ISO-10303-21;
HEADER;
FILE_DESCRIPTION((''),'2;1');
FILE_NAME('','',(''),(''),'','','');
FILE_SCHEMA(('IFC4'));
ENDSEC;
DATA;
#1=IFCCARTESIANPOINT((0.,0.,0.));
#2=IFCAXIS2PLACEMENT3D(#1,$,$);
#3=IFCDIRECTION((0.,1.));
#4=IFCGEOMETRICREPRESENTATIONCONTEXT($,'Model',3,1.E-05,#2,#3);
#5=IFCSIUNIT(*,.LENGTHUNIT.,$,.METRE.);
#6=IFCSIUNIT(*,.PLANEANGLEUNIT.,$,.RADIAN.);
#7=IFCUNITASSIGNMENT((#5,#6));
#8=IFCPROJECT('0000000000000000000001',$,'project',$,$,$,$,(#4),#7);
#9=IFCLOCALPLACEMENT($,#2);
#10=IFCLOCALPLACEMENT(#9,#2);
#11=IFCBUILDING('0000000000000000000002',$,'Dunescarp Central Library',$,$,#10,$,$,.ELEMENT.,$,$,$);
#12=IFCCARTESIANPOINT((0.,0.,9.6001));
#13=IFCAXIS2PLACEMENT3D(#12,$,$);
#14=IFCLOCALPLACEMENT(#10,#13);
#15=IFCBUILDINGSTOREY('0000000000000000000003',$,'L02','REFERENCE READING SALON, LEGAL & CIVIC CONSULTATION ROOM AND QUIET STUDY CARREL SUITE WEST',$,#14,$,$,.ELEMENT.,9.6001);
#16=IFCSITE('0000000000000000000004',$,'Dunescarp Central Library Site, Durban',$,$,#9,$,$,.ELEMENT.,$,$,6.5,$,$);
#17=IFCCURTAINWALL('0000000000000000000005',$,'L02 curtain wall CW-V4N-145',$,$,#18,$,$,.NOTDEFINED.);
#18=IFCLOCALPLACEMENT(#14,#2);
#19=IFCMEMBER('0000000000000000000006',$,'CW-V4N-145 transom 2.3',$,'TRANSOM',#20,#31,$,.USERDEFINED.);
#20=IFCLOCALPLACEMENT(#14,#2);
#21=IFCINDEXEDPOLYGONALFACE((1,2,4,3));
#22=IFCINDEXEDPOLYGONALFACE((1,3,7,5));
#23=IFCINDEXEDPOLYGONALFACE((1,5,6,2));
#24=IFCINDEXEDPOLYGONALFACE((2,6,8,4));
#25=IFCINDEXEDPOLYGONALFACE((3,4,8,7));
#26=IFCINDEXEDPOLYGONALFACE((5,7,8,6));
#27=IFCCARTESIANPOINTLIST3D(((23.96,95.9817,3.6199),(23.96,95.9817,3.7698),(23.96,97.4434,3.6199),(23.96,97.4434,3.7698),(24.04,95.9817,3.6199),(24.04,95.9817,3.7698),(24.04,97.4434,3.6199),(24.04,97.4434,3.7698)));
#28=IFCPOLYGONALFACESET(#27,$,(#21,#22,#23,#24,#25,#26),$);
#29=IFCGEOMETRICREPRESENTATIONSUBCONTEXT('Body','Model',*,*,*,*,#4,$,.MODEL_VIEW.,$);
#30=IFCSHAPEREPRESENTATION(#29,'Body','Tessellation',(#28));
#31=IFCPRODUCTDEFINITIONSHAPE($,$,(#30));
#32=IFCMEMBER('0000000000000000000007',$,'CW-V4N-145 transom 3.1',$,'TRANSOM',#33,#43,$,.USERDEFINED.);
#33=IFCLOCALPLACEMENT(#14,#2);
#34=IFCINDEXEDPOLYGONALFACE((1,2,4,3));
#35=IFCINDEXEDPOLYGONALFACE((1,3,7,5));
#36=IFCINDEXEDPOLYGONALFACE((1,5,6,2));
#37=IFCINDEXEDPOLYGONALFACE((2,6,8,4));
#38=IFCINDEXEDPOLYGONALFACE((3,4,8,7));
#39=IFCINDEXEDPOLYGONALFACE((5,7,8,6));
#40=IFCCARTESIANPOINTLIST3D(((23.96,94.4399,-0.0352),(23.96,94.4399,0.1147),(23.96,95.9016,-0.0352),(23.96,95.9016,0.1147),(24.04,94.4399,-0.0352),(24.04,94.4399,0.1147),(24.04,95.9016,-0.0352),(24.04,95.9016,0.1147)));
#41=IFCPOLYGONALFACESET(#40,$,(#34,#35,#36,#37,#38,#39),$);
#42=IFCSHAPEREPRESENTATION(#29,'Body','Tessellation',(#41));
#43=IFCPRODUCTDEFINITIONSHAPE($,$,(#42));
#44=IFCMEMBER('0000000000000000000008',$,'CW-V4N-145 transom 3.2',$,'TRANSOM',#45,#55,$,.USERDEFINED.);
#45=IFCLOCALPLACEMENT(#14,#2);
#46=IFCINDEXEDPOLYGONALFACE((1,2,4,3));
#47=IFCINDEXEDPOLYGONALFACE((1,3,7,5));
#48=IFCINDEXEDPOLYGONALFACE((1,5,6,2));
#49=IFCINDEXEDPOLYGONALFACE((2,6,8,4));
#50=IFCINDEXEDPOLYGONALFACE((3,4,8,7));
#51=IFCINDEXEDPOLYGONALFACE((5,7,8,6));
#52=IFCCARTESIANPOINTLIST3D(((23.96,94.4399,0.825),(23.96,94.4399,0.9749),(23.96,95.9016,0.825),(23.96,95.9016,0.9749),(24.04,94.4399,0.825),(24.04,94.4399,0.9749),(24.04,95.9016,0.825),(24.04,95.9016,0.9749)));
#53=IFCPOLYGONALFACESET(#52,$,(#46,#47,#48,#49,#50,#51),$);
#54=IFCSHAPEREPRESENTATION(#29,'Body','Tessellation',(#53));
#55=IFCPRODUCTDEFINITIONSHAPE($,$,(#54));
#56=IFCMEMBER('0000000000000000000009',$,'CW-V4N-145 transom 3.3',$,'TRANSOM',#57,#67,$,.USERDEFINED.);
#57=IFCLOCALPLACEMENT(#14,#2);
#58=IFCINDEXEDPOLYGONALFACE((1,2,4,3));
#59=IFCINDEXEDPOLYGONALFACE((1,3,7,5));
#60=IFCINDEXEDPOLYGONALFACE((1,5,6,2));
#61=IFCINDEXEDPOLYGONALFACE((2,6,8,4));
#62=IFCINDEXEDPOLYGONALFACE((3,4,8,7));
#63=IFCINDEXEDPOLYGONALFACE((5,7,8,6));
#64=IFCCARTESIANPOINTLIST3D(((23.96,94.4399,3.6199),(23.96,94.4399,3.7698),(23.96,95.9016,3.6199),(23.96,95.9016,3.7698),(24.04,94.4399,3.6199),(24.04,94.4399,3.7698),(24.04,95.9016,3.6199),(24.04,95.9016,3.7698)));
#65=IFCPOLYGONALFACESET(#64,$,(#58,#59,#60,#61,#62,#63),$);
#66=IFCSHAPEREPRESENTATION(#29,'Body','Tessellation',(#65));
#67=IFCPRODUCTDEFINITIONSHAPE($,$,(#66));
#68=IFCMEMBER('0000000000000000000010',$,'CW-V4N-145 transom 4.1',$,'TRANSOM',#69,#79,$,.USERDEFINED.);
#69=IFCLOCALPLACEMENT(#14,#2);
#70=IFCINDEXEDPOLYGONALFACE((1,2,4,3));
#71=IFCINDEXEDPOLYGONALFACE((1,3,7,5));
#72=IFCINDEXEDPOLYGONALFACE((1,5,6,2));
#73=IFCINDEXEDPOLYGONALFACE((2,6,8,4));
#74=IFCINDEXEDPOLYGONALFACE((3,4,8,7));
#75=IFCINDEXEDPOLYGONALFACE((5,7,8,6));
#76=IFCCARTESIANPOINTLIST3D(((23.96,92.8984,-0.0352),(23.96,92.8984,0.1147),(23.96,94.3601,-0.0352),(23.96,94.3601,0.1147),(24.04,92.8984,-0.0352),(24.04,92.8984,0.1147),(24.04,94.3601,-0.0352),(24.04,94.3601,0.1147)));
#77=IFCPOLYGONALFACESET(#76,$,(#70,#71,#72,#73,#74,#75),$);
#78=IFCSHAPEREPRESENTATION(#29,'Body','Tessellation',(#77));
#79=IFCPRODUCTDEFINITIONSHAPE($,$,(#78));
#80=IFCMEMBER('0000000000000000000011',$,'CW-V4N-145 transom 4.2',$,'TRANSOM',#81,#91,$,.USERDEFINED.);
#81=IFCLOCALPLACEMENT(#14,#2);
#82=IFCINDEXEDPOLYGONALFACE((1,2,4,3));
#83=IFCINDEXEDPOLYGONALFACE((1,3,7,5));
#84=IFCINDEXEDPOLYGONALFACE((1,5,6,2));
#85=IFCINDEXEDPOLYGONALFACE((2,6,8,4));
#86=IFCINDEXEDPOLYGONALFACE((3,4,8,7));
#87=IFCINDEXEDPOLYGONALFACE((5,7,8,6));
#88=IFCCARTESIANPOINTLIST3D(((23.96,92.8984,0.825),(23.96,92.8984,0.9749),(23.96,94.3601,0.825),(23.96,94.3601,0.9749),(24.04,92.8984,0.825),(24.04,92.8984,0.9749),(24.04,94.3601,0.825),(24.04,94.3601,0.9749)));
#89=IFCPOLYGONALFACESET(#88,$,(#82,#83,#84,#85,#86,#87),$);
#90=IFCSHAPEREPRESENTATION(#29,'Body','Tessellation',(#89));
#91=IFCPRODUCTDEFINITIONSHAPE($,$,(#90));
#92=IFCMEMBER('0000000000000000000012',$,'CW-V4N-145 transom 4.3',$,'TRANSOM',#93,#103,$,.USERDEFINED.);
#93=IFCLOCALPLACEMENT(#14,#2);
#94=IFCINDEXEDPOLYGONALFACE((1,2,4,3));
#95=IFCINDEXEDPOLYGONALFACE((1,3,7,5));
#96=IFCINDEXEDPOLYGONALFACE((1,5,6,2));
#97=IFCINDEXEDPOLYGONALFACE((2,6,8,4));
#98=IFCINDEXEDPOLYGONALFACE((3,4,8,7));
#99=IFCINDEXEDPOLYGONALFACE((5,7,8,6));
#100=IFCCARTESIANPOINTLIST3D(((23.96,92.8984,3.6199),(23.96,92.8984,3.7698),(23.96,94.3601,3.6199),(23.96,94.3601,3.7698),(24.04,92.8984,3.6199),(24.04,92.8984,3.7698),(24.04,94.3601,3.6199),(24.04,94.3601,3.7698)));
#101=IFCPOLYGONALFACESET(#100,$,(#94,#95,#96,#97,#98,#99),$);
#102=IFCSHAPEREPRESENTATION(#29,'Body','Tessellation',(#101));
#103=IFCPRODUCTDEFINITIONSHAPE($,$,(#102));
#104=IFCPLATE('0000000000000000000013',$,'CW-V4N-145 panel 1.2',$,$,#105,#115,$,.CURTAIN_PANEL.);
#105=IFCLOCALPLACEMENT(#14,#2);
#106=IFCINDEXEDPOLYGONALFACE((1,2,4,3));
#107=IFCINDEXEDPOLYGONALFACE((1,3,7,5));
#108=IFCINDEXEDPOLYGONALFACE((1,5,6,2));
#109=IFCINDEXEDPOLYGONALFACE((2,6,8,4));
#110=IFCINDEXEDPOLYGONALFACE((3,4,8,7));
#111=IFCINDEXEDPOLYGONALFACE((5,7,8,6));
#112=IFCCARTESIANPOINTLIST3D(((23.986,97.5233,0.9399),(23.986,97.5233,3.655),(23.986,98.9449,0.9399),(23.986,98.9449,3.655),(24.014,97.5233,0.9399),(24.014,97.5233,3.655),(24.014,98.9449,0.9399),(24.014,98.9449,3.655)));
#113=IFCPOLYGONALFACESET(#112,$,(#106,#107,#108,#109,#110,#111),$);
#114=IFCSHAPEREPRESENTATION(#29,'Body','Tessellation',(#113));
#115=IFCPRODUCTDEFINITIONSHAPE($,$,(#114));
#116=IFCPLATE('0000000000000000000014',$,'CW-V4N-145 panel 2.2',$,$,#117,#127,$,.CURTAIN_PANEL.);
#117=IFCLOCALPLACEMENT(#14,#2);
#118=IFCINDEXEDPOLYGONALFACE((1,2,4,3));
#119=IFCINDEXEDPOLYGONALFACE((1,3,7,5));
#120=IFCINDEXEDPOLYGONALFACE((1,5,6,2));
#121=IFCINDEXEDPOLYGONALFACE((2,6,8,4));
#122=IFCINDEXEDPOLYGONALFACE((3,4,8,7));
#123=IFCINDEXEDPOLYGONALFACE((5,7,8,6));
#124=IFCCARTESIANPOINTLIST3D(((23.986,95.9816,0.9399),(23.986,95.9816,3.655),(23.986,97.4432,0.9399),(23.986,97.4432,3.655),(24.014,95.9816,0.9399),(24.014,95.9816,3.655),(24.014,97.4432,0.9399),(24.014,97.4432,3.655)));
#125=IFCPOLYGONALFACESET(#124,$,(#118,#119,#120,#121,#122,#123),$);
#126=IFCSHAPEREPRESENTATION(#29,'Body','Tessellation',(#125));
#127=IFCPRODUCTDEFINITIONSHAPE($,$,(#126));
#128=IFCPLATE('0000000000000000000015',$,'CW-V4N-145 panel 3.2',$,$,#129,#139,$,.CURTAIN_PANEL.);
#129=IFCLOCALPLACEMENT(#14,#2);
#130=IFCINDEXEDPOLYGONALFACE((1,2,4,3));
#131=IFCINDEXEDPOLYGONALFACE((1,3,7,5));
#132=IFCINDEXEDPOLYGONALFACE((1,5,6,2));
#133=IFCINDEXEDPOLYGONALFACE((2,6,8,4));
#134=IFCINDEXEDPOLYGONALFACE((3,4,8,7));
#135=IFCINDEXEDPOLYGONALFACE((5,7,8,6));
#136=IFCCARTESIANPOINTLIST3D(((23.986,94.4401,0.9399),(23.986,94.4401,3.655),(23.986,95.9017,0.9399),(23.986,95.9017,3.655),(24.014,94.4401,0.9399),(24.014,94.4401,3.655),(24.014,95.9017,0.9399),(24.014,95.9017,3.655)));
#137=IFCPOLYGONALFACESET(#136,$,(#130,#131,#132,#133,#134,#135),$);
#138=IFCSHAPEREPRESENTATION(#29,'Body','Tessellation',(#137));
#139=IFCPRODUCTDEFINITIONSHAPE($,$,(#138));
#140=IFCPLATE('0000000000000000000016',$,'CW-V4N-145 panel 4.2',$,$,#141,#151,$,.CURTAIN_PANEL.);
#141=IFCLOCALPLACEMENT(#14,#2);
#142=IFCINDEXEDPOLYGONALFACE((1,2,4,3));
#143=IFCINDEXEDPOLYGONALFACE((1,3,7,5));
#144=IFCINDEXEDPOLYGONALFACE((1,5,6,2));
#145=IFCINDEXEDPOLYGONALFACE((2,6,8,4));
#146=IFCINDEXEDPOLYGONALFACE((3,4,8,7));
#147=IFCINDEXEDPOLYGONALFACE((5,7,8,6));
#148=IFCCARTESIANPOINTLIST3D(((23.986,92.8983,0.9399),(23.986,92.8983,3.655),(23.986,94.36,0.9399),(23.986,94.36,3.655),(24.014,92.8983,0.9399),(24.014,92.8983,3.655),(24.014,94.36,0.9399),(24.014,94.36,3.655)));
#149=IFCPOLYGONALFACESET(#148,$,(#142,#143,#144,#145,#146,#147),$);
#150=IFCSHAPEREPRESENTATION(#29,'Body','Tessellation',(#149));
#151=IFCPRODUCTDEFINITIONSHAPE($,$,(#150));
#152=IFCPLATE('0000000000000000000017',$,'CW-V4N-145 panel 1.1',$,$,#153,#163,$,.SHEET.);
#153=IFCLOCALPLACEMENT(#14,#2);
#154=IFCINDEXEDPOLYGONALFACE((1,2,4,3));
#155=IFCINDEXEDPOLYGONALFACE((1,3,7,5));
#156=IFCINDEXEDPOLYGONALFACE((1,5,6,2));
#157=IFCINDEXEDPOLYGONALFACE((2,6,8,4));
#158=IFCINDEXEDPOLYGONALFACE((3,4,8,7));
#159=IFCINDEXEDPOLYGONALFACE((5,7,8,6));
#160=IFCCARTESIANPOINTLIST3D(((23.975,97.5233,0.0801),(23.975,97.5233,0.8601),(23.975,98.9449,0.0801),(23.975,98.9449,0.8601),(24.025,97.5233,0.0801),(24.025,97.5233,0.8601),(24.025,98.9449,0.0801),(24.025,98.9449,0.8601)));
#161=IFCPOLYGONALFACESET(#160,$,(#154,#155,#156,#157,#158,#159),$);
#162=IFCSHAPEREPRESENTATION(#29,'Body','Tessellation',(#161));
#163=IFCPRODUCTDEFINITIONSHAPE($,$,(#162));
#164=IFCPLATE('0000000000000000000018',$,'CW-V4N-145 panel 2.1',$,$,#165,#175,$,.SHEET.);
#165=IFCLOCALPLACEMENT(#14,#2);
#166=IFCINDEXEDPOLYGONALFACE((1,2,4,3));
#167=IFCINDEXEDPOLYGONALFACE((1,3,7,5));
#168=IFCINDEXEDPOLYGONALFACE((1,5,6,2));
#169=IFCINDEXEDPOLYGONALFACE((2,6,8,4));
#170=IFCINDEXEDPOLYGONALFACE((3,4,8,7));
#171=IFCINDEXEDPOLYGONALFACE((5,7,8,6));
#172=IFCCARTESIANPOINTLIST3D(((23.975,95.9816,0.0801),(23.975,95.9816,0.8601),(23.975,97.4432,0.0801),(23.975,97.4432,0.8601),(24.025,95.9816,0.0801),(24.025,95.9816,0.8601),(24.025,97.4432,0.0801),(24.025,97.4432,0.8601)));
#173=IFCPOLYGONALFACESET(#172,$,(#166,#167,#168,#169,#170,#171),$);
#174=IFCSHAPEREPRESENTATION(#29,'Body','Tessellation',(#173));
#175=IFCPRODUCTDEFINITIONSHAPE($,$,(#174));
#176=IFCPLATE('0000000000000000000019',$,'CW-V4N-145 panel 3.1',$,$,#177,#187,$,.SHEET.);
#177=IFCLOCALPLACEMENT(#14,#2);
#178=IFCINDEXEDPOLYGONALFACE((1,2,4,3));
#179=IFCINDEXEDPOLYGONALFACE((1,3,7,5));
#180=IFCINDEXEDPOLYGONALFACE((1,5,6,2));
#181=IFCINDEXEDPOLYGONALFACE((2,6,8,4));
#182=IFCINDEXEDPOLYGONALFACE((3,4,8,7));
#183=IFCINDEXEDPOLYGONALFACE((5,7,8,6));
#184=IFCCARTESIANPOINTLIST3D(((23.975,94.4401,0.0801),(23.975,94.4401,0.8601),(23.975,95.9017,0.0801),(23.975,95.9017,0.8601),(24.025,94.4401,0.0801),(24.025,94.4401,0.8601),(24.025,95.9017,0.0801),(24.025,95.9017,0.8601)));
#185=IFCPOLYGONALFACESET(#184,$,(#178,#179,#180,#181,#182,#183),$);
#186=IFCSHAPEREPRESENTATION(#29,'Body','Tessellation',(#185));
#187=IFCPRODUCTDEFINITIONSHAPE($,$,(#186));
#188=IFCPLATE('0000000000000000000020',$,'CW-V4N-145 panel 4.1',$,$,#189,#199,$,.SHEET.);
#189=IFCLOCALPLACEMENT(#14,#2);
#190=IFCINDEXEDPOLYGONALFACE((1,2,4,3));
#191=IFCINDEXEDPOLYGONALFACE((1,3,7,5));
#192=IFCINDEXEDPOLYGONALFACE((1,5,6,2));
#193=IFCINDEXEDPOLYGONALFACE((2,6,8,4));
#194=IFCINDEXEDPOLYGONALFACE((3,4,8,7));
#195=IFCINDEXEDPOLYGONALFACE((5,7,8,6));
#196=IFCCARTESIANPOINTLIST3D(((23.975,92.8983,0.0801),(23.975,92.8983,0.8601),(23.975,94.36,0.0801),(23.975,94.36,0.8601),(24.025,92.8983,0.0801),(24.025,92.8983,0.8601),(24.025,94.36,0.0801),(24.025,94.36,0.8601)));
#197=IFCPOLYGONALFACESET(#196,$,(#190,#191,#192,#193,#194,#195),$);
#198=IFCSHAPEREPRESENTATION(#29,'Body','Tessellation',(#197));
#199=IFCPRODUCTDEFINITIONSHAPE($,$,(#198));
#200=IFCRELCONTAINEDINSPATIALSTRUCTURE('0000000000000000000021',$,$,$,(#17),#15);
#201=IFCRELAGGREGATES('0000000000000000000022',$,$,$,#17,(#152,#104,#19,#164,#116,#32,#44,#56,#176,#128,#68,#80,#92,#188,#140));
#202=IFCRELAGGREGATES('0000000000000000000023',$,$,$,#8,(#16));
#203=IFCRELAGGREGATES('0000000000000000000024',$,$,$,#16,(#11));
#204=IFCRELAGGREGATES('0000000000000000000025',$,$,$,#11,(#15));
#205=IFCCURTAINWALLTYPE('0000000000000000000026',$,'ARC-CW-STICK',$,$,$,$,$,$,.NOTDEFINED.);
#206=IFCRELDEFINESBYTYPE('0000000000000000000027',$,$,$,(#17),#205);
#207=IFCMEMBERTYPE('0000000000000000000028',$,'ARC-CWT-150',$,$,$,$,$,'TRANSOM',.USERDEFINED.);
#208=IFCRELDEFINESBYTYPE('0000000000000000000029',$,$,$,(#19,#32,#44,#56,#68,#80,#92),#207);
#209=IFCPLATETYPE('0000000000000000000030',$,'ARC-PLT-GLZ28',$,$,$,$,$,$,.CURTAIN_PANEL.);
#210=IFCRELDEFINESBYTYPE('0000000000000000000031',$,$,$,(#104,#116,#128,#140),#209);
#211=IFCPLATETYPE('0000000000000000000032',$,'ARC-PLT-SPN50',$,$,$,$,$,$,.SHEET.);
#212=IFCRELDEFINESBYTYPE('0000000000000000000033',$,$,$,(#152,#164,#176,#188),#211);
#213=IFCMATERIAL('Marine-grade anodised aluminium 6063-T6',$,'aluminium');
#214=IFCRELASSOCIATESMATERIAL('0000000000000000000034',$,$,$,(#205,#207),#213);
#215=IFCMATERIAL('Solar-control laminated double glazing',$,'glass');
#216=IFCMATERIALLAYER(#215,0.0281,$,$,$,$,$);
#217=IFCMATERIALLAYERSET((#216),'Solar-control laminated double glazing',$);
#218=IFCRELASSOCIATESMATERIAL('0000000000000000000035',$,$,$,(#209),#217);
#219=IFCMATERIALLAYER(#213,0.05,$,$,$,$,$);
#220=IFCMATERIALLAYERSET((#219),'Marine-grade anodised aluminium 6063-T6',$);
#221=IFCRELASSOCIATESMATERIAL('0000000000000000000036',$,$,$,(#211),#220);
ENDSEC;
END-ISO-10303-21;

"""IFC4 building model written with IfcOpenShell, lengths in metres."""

from ifc_helpers import new_model, si_unit, direction, frame, origin, origin_2d, place, context, subcontext, project, spatial, rectangle, extrude, material, layer, layer_set, material_profile, profile_set, type_object, element, aggregate, save


model = new_model("IFC4")

# Units and contexts
model_context = context("Model", 3, precision=1e-05, world=origin(), true_north=direction((0.0, 1.0)))
body_context = subcontext(model_context, "Body", "Model", "MODEL_VIEW")
ifc_project = project(units=[si_unit("LENGTHUNIT", "METRE"), si_unit("PLANEANGLEUNIT", "RADIAN")], contexts=[model_context])

# Site, building, storey
site_placement = place(None, origin())
site = spatial("IfcSite", under=ifc_project, at=site_placement, Name="Dunescarp Central Library Site, Durban", CompositionType="ELEMENT", RefElevation=6.5)
building_placement = place(site_placement, origin())
building = spatial("IfcBuilding", under=site, at=building_placement, Name="Dunescarp Central Library", CompositionType="ELEMENT")
storey_placement = place(building_placement, frame((0.0, 0.0, 9.6001)))
storey = spatial("IfcBuildingStorey", under=building, at=storey_placement, Name="L02", Description="REFERENCE READING SALON, LEGAL & CIVIC CONSULTATION ROOM AND QUIET STUDY CARREL SUITE WEST", CompositionType="ELEMENT", Elevation=9.6001)

# Shared definitions
ifc_material_1 = material(Name="Marine-grade anodised aluminium 6063-T6", Category="aluminium")
curtain_wall_type = type_object("IfcCurtainWallType", Name="ARC-CW-STICK", PredefinedType="NOTDEFINED", material=ifc_material_1)

# Curtain wall
curtain_wall_1_placement = place(storey_placement, origin())
curtain_wall_1 = element("IfcCurtainWall", 1, at=curtain_wall_1_placement, inside=storey, type_object=curtain_wall_type, Name="L02 curtain wall CW-V4N-145", PredefinedType="NOTDEFINED")

# Members
ifc_material_profile_1 = material_profile(ifc_material_1, rectangle(XDim=0.0801, YDim=0.1499, at=origin_2d()), Name="AL 80x150")
ifc_profile_set_1 = profile_set([ifc_material_profile_1], Name="Marine-grade anodised aluminium 6063-T6")
member_type_1 = type_object("IfcMemberType", Name="ARC-CWT-150", ElementType="TRANSOM", PredefinedType="USERDEFINED", material=ifc_profile_set_1)
member_1_placement = place(storey_placement, frame((24.0, 97.4434, 3.6948), z_axis=(0.0, -1.0, 0.0), x_axis=(1.0, 0.0, 0.0)))
member_1 = element("IfcMember", 2, at=member_1_placement, type_object=member_type_1, Name="CW-V4N-145 transom 2.3", ObjectType="TRANSOM", PredefinedType="USERDEFINED", context=body_context, shape_type="SweptSolid", body=[
    extrude(rectangle(XDim=0.0801, YDim=0.1499, at=origin_2d()), origin(), (0.0, 0.0, 1.0), 1.4617),
])
member_2_placement = place(storey_placement, frame((24.0, 95.9016, 0.0398), z_axis=(0.0, -1.0, 0.0), x_axis=(1.0, 0.0, 0.0)))
member_2 = element("IfcMember", 3, at=member_2_placement, type_object=member_type_1, Name="CW-V4N-145 transom 3.1", ObjectType="TRANSOM", PredefinedType="USERDEFINED", context=body_context, shape_type="SweptSolid", body=[
    extrude(rectangle(XDim=0.0801, YDim=0.1499, at=origin_2d()), origin(), (0.0, 0.0, 1.0), 1.4617),
])
member_3_placement = place(storey_placement, frame((24.0, 95.9016, 0.8999), z_axis=(0.0, -1.0, 0.0), x_axis=(1.0, 0.0, 0.0)))
member_3 = element("IfcMember", 4, at=member_3_placement, type_object=member_type_1, Name="CW-V4N-145 transom 3.2", ObjectType="TRANSOM", PredefinedType="USERDEFINED", context=body_context, shape_type="SweptSolid", body=[
    extrude(rectangle(XDim=0.0801, YDim=0.1499, at=origin_2d()), origin(), (0.0, 0.0, 1.0), 1.4617),
])
member_4_placement = place(storey_placement, frame((24.0, 95.9016, 3.6948), z_axis=(0.0, -1.0, 0.0), x_axis=(1.0, 0.0, 0.0)))
member_4 = element("IfcMember", 5, at=member_4_placement, type_object=member_type_1, Name="CW-V4N-145 transom 3.3", ObjectType="TRANSOM", PredefinedType="USERDEFINED", context=body_context, shape_type="SweptSolid", body=[
    extrude(rectangle(XDim=0.0801, YDim=0.1499, at=origin_2d()), origin(), (0.0, 0.0, 1.0), 1.4617),
])
member_5_placement = place(storey_placement, frame((24.0, 94.3601, 0.0398), z_axis=(0.0, -1.0, 0.0), x_axis=(1.0, 0.0, 0.0)))
member_5 = element("IfcMember", 6, at=member_5_placement, type_object=member_type_1, Name="CW-V4N-145 transom 4.1", ObjectType="TRANSOM", PredefinedType="USERDEFINED", context=body_context, shape_type="SweptSolid", body=[
    extrude(rectangle(XDim=0.0801, YDim=0.1499, at=origin_2d()), origin(), (0.0, 0.0, 1.0), 1.4617),
])
member_6_placement = place(storey_placement, frame((24.0, 94.3601, 0.8999), z_axis=(0.0, -1.0, 0.0), x_axis=(1.0, 0.0, 0.0)))
member_6 = element("IfcMember", 7, at=member_6_placement, type_object=member_type_1, Name="CW-V4N-145 transom 4.2", ObjectType="TRANSOM", PredefinedType="USERDEFINED", context=body_context, shape_type="SweptSolid", body=[
    extrude(rectangle(XDim=0.0801, YDim=0.1499, at=origin_2d()), origin(), (0.0, 0.0, 1.0), 1.4617),
])
member_7_placement = place(storey_placement, frame((24.0, 94.3601, 3.6948), z_axis=(0.0, -1.0, 0.0), x_axis=(1.0, 0.0, 0.0)))
member_7 = element("IfcMember", 8, at=member_7_placement, type_object=member_type_1, Name="CW-V4N-145 transom 4.3", ObjectType="TRANSOM", PredefinedType="USERDEFINED", context=body_context, shape_type="SweptSolid", body=[
    extrude(rectangle(XDim=0.0801, YDim=0.1499, at=origin_2d()), origin(), (0.0, 0.0, 1.0), 1.4617),
])

# Plates
ifc_material_2 = material(Name="Solar-control laminated double glazing", Category="glass")
ifc_layer_1 = layer(ifc_material_2, 0.0281)
ifc_layer_set_1 = layer_set([ifc_layer_1], Name="Solar-control laminated double glazing")
plate_type_1 = type_object("IfcPlateType", Name="ARC-PLT-GLZ28", PredefinedType="CURTAIN_PANEL", material=ifc_layer_set_1)
plate_1_placement = place(storey_placement, frame((24.0, 98.2341, 0.9399), z_axis=(0.0, 0.0, 1.0), x_axis=(0.0, -1.0, 0.0)))
plate_1 = element("IfcPlate", 9, at=plate_1_placement, type_object=plate_type_1, Name="CW-V4N-145 panel 1.2", PredefinedType="CURTAIN_PANEL", context=body_context, shape_type="SweptSolid", body=[
    extrude(rectangle(XDim=1.4216, YDim=0.0281, at=origin_2d()), origin(), (0.0, 0.0, 1.0), 2.7151),
])
plate_2_placement = place(storey_placement, frame((24.0, 96.7124, 0.9399), z_axis=(0.0, 0.0, 1.0), x_axis=(0.0, -1.0, 0.0)))
plate_2 = element("IfcPlate", 10, at=plate_2_placement, type_object=plate_type_1, Name="CW-V4N-145 panel 2.2", PredefinedType="CURTAIN_PANEL", context=body_context, shape_type="SweptSolid", body=[
    extrude(rectangle(XDim=1.4617, YDim=0.0281, at=origin_2d()), origin(), (0.0, 0.0, 1.0), 2.7151),
])
plate_3_placement = place(storey_placement, frame((24.0, 95.1709, 0.9399), z_axis=(0.0, 0.0, 1.0), x_axis=(0.0, -1.0, 0.0)))
plate_3 = element("IfcPlate", 11, at=plate_3_placement, type_object=plate_type_1, Name="CW-V4N-145 panel 3.2", PredefinedType="CURTAIN_PANEL", context=body_context, shape_type="SweptSolid", body=[
    extrude(rectangle(XDim=1.4617, YDim=0.0281, at=origin_2d()), origin(), (0.0, 0.0, 1.0), 2.7151),
])
plate_4_placement = place(storey_placement, frame((24.0, 93.6292, 0.9399), z_axis=(0.0, 0.0, 1.0), x_axis=(0.0, -1.0, 0.0)))
plate_4 = element("IfcPlate", 12, at=plate_4_placement, type_object=plate_type_1, Name="CW-V4N-145 panel 4.2", PredefinedType="CURTAIN_PANEL", context=body_context, shape_type="SweptSolid", body=[
    extrude(rectangle(XDim=1.4617, YDim=0.0281, at=origin_2d()), origin(), (0.0, 0.0, 1.0), 2.7151),
])
ifc_layer_2 = layer(ifc_material_1, 0.05)
ifc_layer_set_2 = layer_set([ifc_layer_2], Name="Marine-grade anodised aluminium 6063-T6")
plate_type_2 = type_object("IfcPlateType", Name="ARC-PLT-SPN50", PredefinedType="SHEET", material=ifc_layer_set_2)
plate_5_placement = place(storey_placement, frame((24.0, 98.2341, 0.0801), z_axis=(0.0, 0.0, 1.0), x_axis=(0.0, -1.0, 0.0)))
plate_5 = element("IfcPlate", 13, at=plate_5_placement, type_object=plate_type_2, Name="CW-V4N-145 panel 1.1", PredefinedType="SHEET", context=body_context, shape_type="SweptSolid", body=[
    extrude(rectangle(XDim=1.4216, YDim=0.05, at=origin_2d()), origin(), (0.0, 0.0, 1.0), 0.78),
])
plate_6_placement = place(storey_placement, frame((24.0, 96.7124, 0.0801), z_axis=(0.0, 0.0, 1.0), x_axis=(0.0, -1.0, 0.0)))
plate_6 = element("IfcPlate", 14, at=plate_6_placement, type_object=plate_type_2, Name="CW-V4N-145 panel 2.1", PredefinedType="SHEET", context=body_context, shape_type="SweptSolid", body=[
    extrude(rectangle(XDim=1.4617, YDim=0.05, at=origin_2d()), origin(), (0.0, 0.0, 1.0), 0.78),
])
plate_7_placement = place(storey_placement, frame((24.0, 95.1709, 0.0801), z_axis=(0.0, 0.0, 1.0), x_axis=(0.0, -1.0, 0.0)))
plate_7 = element("IfcPlate", 15, at=plate_7_placement, type_object=plate_type_2, Name="CW-V4N-145 panel 3.1", PredefinedType="SHEET", context=body_context, shape_type="SweptSolid", body=[
    extrude(rectangle(XDim=1.4617, YDim=0.05, at=origin_2d()), origin(), (0.0, 0.0, 1.0), 0.78),
])
plate_8_placement = place(storey_placement, frame((24.0, 93.6292, 0.0801), z_axis=(0.0, 0.0, 1.0), x_axis=(0.0, -1.0, 0.0)))
plate_8 = element("IfcPlate", 16, at=plate_8_placement, type_object=plate_type_2, Name="CW-V4N-145 panel 4.1", PredefinedType="SHEET", context=body_context, shape_type="SweptSolid", body=[
    extrude(rectangle(XDim=1.4617, YDim=0.05, at=origin_2d()), origin(), (0.0, 0.0, 1.0), 0.78),
])
aggregate(curtain_wall_1, [plate_5, plate_1, member_1, plate_6, plate_2, member_2, member_3, member_4, plate_7, plate_3, member_5, member_6, member_7, plate_8, plate_4])

save(model, "model.ifc")
